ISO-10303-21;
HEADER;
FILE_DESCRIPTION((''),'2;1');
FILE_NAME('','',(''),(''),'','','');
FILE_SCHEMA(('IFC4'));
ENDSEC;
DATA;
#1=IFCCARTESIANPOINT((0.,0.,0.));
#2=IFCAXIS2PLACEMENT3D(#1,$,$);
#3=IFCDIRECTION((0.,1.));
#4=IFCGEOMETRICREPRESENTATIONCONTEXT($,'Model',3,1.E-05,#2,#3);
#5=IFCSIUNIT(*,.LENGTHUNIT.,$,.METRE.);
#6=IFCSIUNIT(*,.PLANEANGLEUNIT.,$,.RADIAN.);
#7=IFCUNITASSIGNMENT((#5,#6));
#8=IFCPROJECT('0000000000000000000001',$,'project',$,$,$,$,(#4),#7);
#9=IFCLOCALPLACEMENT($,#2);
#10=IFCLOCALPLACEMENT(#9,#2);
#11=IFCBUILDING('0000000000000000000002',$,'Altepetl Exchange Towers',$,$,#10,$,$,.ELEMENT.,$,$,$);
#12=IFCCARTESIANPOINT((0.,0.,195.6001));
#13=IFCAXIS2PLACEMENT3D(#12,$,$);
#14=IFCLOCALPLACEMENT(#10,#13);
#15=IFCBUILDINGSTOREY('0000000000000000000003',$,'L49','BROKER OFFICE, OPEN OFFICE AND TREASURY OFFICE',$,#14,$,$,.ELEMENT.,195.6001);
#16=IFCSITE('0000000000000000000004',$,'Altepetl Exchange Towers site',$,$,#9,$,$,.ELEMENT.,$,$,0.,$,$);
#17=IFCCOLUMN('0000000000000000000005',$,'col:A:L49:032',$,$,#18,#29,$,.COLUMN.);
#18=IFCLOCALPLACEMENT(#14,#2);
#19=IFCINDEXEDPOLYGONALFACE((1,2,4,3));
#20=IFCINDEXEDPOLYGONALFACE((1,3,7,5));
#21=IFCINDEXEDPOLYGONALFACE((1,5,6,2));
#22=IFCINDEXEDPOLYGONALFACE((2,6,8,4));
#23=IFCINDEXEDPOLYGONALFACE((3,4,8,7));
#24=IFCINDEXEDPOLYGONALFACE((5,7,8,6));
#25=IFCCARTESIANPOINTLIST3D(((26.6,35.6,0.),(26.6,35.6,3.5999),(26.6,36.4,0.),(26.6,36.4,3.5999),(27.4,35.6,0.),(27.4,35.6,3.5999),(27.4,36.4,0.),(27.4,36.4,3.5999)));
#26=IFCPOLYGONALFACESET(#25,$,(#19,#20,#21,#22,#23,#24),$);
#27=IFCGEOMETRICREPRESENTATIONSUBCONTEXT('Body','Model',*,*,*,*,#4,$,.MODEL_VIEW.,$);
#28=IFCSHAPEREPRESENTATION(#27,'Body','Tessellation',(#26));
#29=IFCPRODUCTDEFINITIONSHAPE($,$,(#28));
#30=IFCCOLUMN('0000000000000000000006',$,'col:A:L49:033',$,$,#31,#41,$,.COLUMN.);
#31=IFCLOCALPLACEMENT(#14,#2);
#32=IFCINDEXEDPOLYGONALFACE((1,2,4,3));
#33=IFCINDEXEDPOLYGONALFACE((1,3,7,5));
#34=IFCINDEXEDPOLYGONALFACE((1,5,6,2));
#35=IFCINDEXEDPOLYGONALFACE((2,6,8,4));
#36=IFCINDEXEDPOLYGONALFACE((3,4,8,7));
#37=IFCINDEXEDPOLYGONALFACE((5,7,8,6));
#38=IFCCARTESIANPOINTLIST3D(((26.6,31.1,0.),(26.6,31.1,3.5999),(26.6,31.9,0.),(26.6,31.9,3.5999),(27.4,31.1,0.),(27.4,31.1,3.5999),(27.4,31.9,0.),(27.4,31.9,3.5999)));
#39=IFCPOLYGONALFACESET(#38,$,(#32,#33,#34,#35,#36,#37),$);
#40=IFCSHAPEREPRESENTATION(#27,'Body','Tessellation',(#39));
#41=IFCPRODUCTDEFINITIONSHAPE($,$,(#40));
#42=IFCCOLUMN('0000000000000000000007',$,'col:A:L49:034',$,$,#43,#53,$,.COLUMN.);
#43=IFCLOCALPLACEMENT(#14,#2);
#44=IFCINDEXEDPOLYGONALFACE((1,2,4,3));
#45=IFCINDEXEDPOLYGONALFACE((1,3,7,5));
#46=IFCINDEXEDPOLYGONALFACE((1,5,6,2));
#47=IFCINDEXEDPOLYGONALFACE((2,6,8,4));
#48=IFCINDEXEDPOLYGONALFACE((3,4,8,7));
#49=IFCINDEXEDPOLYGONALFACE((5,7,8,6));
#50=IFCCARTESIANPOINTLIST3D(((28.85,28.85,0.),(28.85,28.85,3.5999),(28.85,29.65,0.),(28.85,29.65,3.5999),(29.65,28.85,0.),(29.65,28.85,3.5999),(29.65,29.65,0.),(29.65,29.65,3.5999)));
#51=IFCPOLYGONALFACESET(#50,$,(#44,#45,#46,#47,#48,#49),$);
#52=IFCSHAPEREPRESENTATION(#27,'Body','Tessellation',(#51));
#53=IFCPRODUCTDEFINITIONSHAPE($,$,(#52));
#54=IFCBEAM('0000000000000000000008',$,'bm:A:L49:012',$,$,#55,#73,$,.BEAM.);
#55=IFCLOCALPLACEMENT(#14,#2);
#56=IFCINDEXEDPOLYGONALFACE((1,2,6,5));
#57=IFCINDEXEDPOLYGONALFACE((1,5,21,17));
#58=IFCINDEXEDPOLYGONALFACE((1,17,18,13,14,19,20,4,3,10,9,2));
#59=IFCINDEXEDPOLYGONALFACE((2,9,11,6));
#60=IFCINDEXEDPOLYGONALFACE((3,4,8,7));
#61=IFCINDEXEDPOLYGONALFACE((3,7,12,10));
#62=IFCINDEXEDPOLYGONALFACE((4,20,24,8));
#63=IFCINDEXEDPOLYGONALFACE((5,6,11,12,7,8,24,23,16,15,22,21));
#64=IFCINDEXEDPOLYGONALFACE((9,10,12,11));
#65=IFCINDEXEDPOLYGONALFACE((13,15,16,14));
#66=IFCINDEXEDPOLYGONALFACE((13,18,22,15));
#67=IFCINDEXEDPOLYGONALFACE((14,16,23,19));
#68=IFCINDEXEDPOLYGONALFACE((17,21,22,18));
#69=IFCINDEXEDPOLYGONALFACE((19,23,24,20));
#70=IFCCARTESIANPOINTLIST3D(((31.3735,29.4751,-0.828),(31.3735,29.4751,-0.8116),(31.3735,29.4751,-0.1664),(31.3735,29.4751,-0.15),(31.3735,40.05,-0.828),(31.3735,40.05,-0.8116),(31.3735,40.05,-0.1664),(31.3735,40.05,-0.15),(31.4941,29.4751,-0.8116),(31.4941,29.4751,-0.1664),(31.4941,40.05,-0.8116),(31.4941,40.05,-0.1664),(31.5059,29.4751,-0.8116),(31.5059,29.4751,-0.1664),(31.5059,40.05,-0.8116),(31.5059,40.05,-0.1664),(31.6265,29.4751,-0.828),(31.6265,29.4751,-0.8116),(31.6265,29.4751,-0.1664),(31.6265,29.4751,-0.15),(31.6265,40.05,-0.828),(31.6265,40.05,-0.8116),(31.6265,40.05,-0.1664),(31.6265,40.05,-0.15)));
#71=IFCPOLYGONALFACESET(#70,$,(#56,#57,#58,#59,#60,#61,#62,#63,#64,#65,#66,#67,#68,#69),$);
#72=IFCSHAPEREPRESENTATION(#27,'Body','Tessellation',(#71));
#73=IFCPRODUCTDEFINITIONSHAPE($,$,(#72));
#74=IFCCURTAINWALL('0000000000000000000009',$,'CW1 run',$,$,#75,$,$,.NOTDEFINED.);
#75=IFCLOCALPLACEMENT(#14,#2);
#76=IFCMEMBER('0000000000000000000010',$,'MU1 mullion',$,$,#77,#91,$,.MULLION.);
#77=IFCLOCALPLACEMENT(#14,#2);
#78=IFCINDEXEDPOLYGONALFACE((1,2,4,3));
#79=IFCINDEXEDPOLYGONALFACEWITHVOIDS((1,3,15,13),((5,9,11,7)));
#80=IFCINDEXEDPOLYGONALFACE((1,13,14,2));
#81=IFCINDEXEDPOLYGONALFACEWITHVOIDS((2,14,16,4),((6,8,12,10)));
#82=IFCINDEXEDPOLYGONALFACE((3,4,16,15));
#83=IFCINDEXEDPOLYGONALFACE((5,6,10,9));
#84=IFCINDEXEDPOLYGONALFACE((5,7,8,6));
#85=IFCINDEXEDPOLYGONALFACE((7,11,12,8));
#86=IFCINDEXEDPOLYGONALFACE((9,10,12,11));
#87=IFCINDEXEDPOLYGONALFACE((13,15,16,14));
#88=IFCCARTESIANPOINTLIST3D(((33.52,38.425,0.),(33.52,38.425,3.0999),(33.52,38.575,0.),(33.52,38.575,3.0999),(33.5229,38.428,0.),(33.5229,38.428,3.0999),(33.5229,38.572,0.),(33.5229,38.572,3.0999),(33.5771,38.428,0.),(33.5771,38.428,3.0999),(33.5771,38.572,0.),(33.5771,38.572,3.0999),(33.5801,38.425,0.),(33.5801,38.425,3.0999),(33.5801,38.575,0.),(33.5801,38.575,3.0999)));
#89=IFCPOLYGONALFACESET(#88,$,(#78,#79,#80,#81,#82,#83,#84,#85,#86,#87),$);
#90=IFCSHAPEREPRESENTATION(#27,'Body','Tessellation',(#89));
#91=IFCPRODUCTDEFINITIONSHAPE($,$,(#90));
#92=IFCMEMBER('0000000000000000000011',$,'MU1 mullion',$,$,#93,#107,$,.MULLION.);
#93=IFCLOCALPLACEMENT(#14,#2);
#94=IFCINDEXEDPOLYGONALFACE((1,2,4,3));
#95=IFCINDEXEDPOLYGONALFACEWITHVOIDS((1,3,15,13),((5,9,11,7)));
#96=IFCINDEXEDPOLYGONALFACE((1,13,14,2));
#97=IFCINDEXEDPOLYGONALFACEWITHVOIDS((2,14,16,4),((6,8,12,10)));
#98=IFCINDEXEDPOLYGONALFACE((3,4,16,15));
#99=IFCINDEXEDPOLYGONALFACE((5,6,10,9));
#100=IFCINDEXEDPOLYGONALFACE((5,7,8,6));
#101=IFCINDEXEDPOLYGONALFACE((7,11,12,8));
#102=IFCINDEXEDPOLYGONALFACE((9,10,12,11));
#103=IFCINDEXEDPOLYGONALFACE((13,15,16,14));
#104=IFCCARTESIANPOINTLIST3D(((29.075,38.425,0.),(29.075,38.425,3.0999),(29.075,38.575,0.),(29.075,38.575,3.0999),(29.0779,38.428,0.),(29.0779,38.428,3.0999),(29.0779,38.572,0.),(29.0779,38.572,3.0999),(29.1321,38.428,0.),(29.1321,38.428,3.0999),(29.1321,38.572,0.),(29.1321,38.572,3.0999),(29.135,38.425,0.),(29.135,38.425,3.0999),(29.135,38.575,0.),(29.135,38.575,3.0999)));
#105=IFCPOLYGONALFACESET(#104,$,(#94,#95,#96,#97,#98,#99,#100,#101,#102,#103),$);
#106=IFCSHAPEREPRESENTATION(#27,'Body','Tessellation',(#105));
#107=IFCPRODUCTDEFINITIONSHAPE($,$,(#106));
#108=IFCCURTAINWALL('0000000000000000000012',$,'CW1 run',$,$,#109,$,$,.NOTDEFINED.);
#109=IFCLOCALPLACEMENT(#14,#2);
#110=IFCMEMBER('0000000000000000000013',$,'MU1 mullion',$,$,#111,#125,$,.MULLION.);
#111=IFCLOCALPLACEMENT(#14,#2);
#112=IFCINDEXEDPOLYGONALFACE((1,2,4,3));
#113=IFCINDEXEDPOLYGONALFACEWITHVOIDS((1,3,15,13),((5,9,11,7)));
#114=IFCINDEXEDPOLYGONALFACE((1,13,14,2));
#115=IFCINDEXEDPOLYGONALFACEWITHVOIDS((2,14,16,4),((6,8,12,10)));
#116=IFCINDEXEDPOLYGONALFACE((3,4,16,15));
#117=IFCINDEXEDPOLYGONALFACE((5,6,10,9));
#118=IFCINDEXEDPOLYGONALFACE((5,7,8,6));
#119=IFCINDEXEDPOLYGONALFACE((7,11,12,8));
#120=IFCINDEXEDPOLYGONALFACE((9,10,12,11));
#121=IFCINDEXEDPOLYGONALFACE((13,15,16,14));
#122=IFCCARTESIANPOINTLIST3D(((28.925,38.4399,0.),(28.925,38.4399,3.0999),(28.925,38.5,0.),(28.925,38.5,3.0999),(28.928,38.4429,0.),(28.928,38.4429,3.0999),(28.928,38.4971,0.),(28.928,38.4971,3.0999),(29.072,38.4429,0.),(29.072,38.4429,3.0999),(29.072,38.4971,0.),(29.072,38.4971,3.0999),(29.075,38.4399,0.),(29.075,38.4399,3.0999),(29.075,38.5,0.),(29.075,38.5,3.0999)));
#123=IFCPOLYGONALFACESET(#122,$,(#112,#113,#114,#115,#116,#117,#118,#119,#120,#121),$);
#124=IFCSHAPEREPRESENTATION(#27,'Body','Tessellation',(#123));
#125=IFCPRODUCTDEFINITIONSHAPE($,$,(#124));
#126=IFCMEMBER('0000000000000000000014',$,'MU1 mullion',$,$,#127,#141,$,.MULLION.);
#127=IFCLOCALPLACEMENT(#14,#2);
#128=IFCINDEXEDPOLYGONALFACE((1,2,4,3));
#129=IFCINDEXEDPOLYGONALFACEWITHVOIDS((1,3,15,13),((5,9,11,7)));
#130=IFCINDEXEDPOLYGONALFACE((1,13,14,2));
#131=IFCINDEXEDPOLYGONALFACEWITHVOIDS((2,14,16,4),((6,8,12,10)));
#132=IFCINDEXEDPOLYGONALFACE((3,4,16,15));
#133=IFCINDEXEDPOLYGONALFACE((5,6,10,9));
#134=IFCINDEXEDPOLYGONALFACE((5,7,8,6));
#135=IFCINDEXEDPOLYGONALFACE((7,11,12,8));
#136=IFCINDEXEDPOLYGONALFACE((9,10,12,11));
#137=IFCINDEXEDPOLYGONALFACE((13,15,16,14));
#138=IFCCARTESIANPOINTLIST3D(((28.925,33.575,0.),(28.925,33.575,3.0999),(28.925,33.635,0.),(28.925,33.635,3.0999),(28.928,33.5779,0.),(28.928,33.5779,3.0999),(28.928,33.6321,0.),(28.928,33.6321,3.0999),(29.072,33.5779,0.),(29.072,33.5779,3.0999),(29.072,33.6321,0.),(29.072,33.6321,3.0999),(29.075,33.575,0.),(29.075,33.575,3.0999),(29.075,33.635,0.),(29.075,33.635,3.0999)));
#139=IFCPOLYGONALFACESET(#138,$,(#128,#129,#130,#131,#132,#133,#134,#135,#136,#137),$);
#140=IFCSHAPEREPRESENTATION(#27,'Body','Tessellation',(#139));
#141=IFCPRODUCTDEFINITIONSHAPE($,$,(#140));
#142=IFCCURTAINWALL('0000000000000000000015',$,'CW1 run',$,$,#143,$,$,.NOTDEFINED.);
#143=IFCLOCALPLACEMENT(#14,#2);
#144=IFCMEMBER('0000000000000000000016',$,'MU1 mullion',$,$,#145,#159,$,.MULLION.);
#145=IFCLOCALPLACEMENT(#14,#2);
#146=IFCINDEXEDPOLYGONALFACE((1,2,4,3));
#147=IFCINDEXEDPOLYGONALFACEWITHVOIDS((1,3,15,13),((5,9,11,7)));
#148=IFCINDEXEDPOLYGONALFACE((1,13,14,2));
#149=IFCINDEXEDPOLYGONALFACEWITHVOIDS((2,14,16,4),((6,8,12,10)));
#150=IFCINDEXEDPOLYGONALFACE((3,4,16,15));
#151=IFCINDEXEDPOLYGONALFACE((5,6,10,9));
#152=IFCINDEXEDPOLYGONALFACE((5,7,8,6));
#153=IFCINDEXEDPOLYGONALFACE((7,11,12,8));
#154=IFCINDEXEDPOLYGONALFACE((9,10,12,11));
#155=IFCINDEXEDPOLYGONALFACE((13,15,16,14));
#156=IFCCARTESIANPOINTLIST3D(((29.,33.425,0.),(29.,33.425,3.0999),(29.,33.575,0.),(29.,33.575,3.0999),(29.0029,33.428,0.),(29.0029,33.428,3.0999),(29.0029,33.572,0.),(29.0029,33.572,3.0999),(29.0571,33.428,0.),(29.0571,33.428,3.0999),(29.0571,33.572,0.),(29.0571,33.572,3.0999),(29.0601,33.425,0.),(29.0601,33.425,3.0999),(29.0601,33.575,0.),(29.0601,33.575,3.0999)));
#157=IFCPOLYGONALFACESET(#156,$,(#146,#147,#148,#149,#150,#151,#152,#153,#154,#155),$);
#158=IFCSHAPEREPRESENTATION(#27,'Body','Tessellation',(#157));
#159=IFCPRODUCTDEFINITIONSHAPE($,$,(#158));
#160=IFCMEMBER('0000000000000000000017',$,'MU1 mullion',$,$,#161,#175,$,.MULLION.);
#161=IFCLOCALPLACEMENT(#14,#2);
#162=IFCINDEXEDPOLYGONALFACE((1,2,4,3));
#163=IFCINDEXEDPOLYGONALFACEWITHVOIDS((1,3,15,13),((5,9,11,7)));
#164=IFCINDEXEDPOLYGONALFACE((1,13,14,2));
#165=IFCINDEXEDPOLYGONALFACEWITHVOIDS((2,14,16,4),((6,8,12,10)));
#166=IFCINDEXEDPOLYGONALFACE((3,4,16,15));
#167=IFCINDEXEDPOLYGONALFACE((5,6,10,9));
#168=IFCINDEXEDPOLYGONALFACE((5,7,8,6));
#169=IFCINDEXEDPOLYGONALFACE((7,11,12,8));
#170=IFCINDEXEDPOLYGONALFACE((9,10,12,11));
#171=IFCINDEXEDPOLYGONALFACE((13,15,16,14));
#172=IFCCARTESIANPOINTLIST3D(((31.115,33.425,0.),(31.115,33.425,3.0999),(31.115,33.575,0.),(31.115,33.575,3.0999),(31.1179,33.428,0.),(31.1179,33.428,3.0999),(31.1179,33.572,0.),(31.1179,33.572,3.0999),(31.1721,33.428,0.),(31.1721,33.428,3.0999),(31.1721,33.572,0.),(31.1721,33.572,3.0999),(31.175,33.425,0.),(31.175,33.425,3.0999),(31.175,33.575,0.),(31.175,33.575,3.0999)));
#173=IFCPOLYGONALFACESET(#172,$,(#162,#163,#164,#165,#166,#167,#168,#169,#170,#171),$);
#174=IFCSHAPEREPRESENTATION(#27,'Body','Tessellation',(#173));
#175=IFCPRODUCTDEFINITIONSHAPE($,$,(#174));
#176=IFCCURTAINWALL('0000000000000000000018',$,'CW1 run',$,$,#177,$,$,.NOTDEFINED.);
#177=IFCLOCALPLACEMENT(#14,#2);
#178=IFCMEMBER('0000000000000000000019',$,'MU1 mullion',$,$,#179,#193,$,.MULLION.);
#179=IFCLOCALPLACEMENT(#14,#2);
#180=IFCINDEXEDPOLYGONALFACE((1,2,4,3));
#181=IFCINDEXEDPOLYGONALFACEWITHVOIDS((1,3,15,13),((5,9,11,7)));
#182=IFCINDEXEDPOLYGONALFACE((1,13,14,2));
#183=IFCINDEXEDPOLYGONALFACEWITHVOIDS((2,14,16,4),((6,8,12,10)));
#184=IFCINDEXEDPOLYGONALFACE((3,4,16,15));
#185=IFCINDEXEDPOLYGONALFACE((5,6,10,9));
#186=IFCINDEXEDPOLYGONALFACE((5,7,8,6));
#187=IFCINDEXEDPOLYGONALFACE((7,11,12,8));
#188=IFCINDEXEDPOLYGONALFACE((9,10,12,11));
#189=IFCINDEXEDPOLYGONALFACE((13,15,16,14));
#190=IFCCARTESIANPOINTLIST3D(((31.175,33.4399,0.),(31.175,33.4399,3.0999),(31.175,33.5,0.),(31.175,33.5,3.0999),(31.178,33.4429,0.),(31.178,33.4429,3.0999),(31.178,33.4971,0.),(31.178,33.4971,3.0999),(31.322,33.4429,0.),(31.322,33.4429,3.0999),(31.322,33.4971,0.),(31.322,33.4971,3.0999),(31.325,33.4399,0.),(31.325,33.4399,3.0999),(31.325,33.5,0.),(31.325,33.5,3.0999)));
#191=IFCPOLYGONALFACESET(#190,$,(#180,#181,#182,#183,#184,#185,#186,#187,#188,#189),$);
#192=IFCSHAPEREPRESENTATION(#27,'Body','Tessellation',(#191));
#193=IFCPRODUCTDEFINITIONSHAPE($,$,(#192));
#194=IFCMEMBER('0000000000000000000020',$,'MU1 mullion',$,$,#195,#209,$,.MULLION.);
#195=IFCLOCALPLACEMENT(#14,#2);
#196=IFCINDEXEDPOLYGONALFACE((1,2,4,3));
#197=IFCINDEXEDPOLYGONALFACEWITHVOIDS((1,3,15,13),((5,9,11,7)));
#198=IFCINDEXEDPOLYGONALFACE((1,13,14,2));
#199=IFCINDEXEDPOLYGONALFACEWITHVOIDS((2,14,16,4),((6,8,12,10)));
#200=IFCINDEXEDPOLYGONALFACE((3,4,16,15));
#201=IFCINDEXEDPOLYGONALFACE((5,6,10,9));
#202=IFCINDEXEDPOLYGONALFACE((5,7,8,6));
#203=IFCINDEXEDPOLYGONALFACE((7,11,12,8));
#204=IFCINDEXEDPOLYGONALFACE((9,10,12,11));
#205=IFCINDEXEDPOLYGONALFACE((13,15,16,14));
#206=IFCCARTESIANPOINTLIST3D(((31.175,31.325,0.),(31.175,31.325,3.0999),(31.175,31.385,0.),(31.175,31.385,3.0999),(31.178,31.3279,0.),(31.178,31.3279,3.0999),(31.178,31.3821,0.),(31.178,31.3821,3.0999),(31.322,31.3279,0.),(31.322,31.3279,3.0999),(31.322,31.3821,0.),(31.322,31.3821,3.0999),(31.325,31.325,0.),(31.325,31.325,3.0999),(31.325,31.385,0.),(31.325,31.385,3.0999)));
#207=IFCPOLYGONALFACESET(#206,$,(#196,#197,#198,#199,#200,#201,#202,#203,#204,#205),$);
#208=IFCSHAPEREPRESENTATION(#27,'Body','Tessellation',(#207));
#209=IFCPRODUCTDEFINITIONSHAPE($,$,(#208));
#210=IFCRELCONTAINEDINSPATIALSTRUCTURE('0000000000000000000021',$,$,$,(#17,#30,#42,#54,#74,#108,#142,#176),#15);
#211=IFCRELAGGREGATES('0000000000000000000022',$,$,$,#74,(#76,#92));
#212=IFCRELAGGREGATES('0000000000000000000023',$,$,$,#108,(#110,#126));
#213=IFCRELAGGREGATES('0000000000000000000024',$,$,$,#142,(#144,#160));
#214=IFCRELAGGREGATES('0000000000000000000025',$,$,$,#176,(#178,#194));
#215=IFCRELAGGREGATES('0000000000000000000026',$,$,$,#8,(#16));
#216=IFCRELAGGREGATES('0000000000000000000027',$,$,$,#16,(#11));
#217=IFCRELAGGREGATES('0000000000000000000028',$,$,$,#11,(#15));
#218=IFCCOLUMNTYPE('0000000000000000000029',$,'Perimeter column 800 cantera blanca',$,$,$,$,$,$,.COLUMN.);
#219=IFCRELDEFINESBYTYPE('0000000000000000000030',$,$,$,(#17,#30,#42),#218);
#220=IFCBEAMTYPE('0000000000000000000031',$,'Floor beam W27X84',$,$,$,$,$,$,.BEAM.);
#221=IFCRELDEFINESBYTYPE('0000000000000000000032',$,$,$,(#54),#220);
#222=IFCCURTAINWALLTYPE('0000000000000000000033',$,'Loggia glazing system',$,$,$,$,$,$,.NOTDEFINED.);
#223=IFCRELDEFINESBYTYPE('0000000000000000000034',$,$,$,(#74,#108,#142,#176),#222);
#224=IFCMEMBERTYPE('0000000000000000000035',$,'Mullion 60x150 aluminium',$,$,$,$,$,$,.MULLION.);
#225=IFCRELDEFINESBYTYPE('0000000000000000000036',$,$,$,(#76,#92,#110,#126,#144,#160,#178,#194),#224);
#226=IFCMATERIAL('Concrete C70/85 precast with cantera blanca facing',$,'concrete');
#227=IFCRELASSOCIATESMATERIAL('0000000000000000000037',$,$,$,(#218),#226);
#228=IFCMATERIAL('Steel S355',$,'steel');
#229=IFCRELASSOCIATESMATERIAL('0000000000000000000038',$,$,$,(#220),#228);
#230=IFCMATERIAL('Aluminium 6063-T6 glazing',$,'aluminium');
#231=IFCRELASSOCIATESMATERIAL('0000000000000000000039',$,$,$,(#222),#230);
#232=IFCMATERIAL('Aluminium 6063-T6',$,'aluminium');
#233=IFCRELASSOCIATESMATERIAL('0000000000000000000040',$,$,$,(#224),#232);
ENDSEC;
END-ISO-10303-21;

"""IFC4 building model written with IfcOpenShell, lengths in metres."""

from ifc_helpers import new_model, si_unit, direction, frame, origin, origin_2d, place, context, subcontext, project, spatial, rectangle, hollow_rectangle, i_section, extrude, material, material_profile, profile_set, type_object, element, aggregate, save


model = new_model("IFC4")

# Units and contexts
model_context = context("Model", 3, precision=1e-05, world=origin(), true_north=direction((0.0, 1.0)))
body_context = subcontext(model_context, "Body", "Model", "MODEL_VIEW")
ifc_project = project(units=[si_unit("LENGTHUNIT", "METRE"), si_unit("PLANEANGLEUNIT", "RADIAN")], contexts=[model_context])

# Site, building, storey
site_placement = place(None, origin())
site = spatial("IfcSite", under=ifc_project, at=site_placement, Name="Altepetl Exchange Towers site", CompositionType="ELEMENT", RefElevation=0.0)
building_placement = place(site_placement, origin())
building = spatial("IfcBuilding", under=site, at=building_placement, Name="Altepetl Exchange Towers", CompositionType="ELEMENT")
storey_placement = place(building_placement, frame((0.0, 0.0, 195.6001)))
storey = spatial("IfcBuildingStorey", under=building, at=storey_placement, Name="L49", Description="BROKER OFFICE, OPEN OFFICE AND TREASURY OFFICE", CompositionType="ELEMENT", Elevation=195.6001)

# Columns
ifc_material_1 = material(Name="Concrete C70/85 precast with cantera blanca facing", Category="concrete")
ifc_material_profile_1 = material_profile(ifc_material_1, rectangle(XDim=0.8, YDim=0.8, at=origin_2d()), Name="800 x 800")
ifc_profile_set_1 = profile_set([ifc_material_profile_1], Name="Concrete C70/85 precast with cantera blanca facing")
column_type = type_object("IfcColumnType", Name="Perimeter column 800 cantera blanca", PredefinedType="COLUMN", material=ifc_profile_set_1)
for number, where, name in (
    (1, (27.0, 36.0, 0.0), "col:A:L49:032"),
    (2, (27.0, 31.5, 0.0), "col:A:L49:033"),
    (3, (29.25, 29.25, 0.0), "col:A:L49:034"),
):
    element("IfcColumn", number, at=place(storey_placement, frame(where)), inside=storey, type_object=column_type, Name=name, PredefinedType="COLUMN", context=body_context, shape_type="SweptSolid", body=[
        extrude(rectangle(XDim=0.8, YDim=0.8, at=origin_2d()), origin(), (0.0, 0.0, 1.0), 3.5999),
    ])

# Beam
ifc_material_2 = material(Name="Steel S355", Category="steel")
ifc_material_profile_2 = material_profile(ifc_material_2, i_section(OverallWidth=0.2529, OverallDepth=0.678, WebThickness=0.0117, FlangeThickness=0.0164, at=origin_2d()), Name="W27X84")
ifc_profile_set_2 = profile_set([ifc_material_profile_2], Name="Steel S355")
beam_type_1 = type_object("IfcBeamType", Name="Floor beam W27X84", PredefinedType="BEAM", material=ifc_profile_set_2)
beam_1_placement = place(storey_placement, frame((31.5, 29.4751, -0.489), z_axis=(0.0, 1.0, 0.0), x_axis=(-1.0, 0.0, 0.0)))
element("IfcBeam", 4, at=beam_1_placement, inside=storey, type_object=beam_type_1, Name="bm:A:L49:012", PredefinedType="BEAM", context=body_context, shape_type="SweptSolid", body=[
    extrude(i_section(OverallWidth=0.2529, OverallDepth=0.678, WebThickness=0.0117, FlangeThickness=0.0164, at=origin_2d()), origin(), (0.0, 0.0, 1.0), 10.575),
])

# Curtain walls, members
ifc_material_3 = material(Name="Aluminium 6063-T6 glazing", Category="aluminium")
curtain_wall_type = type_object("IfcCurtainWallType", Name="Loggia glazing system", PredefinedType="NOTDEFINED", material=ifc_material_3)
curtain_wall_1_placement = place(storey_placement, origin())
curtain_wall_1 = element("IfcCurtainWall", 5, at=curtain_wall_1_placement, inside=storey, type_object=curtain_wall_type, Name="CW1 run", PredefinedType="NOTDEFINED")
ifc_material_4 = material(Name="Aluminium 6063-T6", Category="aluminium")
ifc_material_profile_3 = material_profile(ifc_material_4, hollow_rectangle(XDim=0.0601, YDim=0.1499, WallThickness=0.0029, at=origin_2d()), Name="Mullion 60x150 aluminium")
ifc_profile_set_3 = profile_set([ifc_material_profile_3], Name="Aluminium 6063-T6")
member_type = type_object("IfcMemberType", Name="Mullion 60x150 aluminium", PredefinedType="MULLION", material=ifc_profile_set_3)
member_1_placement = place(storey_placement, frame((33.55, 38.5, 0.0), z_axis=(0.0, 0.0, 1.0), x_axis=(-1.0, 0.0, 0.0)))
member_1 = element("IfcMember", 6, at=member_1_placement, type_object=member_type, Name="MU1 mullion", PredefinedType="MULLION", context=body_context, shape_type="SweptSolid", body=[
    extrude(hollow_rectangle(XDim=0.0601, YDim=0.1499, WallThickness=0.0029, at=origin_2d()), origin(), (0.0, 0.0, 1.0), 3.0999),
])
member_2_placement = place(storey_placement, frame((29.105, 38.5, 0.0), z_axis=(0.0, 0.0, 1.0), x_axis=(-1.0, 0.0, 0.0)))
member_2 = element("IfcMember", 7, at=member_2_placement, type_object=member_type, Name="MU1 mullion", PredefinedType="MULLION", context=body_context, shape_type="SweptSolid", body=[
    extrude(hollow_rectangle(XDim=0.0601, YDim=0.1499, WallThickness=0.0029, at=origin_2d()), origin(), (0.0, 0.0, 1.0), 3.0999),
])
curtain_wall_2_placement = place(storey_placement, origin())
curtain_wall_2 = element("IfcCurtainWall", 8, at=curtain_wall_2_placement, inside=storey, type_object=curtain_wall_type, Name="CW1 run", PredefinedType="NOTDEFINED")
member_3_placement = place(storey_placement, frame((29.0, 38.47, 0.0), z_axis=(0.0, 0.0, 1.0), x_axis=(0.0, -1.0, 0.0)))
member_3 = element("IfcMember", 9, at=member_3_placement, type_object=member_type, Name="MU1 mullion", PredefinedType="MULLION", context=body_context, shape_type="SweptSolid", body=[
    extrude(hollow_rectangle(XDim=0.0601, YDim=0.1499, WallThickness=0.0029, at=origin_2d()), origin(), (0.0, 0.0, 1.0), 3.0999),
])
member_4_placement = place(storey_placement, frame((29.0, 33.605, 0.0), z_axis=(0.0, 0.0, 1.0), x_axis=(0.0, -1.0, 0.0)))
member_4 = element("IfcMember", 10, at=member_4_placement, type_object=member_type, Name="MU1 mullion", PredefinedType="MULLION", context=body_context, shape_type="SweptSolid", body=[
    extrude(hollow_rectangle(XDim=0.0601, YDim=0.1499, WallThickness=0.0029, at=origin_2d()), origin(), (0.0, 0.0, 1.0), 3.0999),
])
curtain_wall_3_placement = place(storey_placement, origin())
curtain_wall_3 = element("IfcCurtainWall", 11, at=curtain_wall_3_placement, inside=storey, type_object=curtain_wall_type, Name="CW1 run", PredefinedType="NOTDEFINED")
member_5_placement = place(storey_placement, frame((29.03, 33.5, 0.0)))
member_5 = element("IfcMember", 12, at=member_5_placement, type_object=member_type, Name="MU1 mullion", PredefinedType="MULLION", context=body_context, shape_type="SweptSolid", body=[
    extrude(hollow_rectangle(XDim=0.0601, YDim=0.1499, WallThickness=0.0029, at=origin_2d()), origin(), (0.0, 0.0, 1.0), 3.0999),
])
member_6_placement = place(storey_placement, frame((31.145, 33.5, 0.0)))
member_6 = element("IfcMember", 13, at=member_6_placement, type_object=member_type, Name="MU1 mullion", PredefinedType="MULLION", context=body_context, shape_type="SweptSolid", body=[
    extrude(hollow_rectangle(XDim=0.0601, YDim=0.1499, WallThickness=0.0029, at=origin_2d()), origin(), (0.0, 0.0, 1.0), 3.0999),
])
curtain_wall_4_placement = place(storey_placement, origin())
curtain_wall_4 = element("IfcCurtainWall", 14, at=curtain_wall_4_placement, inside=storey, type_object=curtain_wall_type, Name="CW1 run", PredefinedType="NOTDEFINED")
member_7_placement = place(storey_placement, frame((31.25, 33.47, 0.0), z_axis=(0.0, 0.0, 1.0), x_axis=(0.0, -1.0, 0.0)))
member_7 = element("IfcMember", 15, at=member_7_placement, type_object=member_type, Name="MU1 mullion", PredefinedType="MULLION", context=body_context, shape_type="SweptSolid", body=[
    extrude(hollow_rectangle(XDim=0.0601, YDim=0.1499, WallThickness=0.0029, at=origin_2d()), origin(), (0.0, 0.0, 1.0), 3.0999),
])
member_8_placement = place(storey_placement, frame((31.25, 31.355, 0.0), z_axis=(0.0, 0.0, 1.0), x_axis=(0.0, -1.0, 0.0)))
member_8 = element("IfcMember", 16, at=member_8_placement, type_object=member_type, Name="MU1 mullion", PredefinedType="MULLION", context=body_context, shape_type="SweptSolid", body=[
    extrude(hollow_rectangle(XDim=0.0601, YDim=0.1499, WallThickness=0.0029, at=origin_2d()), origin(), (0.0, 0.0, 1.0), 3.0999),
])

aggregate(curtain_wall_1, [member_1, member_2])
aggregate(curtain_wall_2, [member_3, member_4])
aggregate(curtain_wall_3, [member_5, member_6])
aggregate(curtain_wall_4, [member_7, member_8])

save(model, "model.ifc")
